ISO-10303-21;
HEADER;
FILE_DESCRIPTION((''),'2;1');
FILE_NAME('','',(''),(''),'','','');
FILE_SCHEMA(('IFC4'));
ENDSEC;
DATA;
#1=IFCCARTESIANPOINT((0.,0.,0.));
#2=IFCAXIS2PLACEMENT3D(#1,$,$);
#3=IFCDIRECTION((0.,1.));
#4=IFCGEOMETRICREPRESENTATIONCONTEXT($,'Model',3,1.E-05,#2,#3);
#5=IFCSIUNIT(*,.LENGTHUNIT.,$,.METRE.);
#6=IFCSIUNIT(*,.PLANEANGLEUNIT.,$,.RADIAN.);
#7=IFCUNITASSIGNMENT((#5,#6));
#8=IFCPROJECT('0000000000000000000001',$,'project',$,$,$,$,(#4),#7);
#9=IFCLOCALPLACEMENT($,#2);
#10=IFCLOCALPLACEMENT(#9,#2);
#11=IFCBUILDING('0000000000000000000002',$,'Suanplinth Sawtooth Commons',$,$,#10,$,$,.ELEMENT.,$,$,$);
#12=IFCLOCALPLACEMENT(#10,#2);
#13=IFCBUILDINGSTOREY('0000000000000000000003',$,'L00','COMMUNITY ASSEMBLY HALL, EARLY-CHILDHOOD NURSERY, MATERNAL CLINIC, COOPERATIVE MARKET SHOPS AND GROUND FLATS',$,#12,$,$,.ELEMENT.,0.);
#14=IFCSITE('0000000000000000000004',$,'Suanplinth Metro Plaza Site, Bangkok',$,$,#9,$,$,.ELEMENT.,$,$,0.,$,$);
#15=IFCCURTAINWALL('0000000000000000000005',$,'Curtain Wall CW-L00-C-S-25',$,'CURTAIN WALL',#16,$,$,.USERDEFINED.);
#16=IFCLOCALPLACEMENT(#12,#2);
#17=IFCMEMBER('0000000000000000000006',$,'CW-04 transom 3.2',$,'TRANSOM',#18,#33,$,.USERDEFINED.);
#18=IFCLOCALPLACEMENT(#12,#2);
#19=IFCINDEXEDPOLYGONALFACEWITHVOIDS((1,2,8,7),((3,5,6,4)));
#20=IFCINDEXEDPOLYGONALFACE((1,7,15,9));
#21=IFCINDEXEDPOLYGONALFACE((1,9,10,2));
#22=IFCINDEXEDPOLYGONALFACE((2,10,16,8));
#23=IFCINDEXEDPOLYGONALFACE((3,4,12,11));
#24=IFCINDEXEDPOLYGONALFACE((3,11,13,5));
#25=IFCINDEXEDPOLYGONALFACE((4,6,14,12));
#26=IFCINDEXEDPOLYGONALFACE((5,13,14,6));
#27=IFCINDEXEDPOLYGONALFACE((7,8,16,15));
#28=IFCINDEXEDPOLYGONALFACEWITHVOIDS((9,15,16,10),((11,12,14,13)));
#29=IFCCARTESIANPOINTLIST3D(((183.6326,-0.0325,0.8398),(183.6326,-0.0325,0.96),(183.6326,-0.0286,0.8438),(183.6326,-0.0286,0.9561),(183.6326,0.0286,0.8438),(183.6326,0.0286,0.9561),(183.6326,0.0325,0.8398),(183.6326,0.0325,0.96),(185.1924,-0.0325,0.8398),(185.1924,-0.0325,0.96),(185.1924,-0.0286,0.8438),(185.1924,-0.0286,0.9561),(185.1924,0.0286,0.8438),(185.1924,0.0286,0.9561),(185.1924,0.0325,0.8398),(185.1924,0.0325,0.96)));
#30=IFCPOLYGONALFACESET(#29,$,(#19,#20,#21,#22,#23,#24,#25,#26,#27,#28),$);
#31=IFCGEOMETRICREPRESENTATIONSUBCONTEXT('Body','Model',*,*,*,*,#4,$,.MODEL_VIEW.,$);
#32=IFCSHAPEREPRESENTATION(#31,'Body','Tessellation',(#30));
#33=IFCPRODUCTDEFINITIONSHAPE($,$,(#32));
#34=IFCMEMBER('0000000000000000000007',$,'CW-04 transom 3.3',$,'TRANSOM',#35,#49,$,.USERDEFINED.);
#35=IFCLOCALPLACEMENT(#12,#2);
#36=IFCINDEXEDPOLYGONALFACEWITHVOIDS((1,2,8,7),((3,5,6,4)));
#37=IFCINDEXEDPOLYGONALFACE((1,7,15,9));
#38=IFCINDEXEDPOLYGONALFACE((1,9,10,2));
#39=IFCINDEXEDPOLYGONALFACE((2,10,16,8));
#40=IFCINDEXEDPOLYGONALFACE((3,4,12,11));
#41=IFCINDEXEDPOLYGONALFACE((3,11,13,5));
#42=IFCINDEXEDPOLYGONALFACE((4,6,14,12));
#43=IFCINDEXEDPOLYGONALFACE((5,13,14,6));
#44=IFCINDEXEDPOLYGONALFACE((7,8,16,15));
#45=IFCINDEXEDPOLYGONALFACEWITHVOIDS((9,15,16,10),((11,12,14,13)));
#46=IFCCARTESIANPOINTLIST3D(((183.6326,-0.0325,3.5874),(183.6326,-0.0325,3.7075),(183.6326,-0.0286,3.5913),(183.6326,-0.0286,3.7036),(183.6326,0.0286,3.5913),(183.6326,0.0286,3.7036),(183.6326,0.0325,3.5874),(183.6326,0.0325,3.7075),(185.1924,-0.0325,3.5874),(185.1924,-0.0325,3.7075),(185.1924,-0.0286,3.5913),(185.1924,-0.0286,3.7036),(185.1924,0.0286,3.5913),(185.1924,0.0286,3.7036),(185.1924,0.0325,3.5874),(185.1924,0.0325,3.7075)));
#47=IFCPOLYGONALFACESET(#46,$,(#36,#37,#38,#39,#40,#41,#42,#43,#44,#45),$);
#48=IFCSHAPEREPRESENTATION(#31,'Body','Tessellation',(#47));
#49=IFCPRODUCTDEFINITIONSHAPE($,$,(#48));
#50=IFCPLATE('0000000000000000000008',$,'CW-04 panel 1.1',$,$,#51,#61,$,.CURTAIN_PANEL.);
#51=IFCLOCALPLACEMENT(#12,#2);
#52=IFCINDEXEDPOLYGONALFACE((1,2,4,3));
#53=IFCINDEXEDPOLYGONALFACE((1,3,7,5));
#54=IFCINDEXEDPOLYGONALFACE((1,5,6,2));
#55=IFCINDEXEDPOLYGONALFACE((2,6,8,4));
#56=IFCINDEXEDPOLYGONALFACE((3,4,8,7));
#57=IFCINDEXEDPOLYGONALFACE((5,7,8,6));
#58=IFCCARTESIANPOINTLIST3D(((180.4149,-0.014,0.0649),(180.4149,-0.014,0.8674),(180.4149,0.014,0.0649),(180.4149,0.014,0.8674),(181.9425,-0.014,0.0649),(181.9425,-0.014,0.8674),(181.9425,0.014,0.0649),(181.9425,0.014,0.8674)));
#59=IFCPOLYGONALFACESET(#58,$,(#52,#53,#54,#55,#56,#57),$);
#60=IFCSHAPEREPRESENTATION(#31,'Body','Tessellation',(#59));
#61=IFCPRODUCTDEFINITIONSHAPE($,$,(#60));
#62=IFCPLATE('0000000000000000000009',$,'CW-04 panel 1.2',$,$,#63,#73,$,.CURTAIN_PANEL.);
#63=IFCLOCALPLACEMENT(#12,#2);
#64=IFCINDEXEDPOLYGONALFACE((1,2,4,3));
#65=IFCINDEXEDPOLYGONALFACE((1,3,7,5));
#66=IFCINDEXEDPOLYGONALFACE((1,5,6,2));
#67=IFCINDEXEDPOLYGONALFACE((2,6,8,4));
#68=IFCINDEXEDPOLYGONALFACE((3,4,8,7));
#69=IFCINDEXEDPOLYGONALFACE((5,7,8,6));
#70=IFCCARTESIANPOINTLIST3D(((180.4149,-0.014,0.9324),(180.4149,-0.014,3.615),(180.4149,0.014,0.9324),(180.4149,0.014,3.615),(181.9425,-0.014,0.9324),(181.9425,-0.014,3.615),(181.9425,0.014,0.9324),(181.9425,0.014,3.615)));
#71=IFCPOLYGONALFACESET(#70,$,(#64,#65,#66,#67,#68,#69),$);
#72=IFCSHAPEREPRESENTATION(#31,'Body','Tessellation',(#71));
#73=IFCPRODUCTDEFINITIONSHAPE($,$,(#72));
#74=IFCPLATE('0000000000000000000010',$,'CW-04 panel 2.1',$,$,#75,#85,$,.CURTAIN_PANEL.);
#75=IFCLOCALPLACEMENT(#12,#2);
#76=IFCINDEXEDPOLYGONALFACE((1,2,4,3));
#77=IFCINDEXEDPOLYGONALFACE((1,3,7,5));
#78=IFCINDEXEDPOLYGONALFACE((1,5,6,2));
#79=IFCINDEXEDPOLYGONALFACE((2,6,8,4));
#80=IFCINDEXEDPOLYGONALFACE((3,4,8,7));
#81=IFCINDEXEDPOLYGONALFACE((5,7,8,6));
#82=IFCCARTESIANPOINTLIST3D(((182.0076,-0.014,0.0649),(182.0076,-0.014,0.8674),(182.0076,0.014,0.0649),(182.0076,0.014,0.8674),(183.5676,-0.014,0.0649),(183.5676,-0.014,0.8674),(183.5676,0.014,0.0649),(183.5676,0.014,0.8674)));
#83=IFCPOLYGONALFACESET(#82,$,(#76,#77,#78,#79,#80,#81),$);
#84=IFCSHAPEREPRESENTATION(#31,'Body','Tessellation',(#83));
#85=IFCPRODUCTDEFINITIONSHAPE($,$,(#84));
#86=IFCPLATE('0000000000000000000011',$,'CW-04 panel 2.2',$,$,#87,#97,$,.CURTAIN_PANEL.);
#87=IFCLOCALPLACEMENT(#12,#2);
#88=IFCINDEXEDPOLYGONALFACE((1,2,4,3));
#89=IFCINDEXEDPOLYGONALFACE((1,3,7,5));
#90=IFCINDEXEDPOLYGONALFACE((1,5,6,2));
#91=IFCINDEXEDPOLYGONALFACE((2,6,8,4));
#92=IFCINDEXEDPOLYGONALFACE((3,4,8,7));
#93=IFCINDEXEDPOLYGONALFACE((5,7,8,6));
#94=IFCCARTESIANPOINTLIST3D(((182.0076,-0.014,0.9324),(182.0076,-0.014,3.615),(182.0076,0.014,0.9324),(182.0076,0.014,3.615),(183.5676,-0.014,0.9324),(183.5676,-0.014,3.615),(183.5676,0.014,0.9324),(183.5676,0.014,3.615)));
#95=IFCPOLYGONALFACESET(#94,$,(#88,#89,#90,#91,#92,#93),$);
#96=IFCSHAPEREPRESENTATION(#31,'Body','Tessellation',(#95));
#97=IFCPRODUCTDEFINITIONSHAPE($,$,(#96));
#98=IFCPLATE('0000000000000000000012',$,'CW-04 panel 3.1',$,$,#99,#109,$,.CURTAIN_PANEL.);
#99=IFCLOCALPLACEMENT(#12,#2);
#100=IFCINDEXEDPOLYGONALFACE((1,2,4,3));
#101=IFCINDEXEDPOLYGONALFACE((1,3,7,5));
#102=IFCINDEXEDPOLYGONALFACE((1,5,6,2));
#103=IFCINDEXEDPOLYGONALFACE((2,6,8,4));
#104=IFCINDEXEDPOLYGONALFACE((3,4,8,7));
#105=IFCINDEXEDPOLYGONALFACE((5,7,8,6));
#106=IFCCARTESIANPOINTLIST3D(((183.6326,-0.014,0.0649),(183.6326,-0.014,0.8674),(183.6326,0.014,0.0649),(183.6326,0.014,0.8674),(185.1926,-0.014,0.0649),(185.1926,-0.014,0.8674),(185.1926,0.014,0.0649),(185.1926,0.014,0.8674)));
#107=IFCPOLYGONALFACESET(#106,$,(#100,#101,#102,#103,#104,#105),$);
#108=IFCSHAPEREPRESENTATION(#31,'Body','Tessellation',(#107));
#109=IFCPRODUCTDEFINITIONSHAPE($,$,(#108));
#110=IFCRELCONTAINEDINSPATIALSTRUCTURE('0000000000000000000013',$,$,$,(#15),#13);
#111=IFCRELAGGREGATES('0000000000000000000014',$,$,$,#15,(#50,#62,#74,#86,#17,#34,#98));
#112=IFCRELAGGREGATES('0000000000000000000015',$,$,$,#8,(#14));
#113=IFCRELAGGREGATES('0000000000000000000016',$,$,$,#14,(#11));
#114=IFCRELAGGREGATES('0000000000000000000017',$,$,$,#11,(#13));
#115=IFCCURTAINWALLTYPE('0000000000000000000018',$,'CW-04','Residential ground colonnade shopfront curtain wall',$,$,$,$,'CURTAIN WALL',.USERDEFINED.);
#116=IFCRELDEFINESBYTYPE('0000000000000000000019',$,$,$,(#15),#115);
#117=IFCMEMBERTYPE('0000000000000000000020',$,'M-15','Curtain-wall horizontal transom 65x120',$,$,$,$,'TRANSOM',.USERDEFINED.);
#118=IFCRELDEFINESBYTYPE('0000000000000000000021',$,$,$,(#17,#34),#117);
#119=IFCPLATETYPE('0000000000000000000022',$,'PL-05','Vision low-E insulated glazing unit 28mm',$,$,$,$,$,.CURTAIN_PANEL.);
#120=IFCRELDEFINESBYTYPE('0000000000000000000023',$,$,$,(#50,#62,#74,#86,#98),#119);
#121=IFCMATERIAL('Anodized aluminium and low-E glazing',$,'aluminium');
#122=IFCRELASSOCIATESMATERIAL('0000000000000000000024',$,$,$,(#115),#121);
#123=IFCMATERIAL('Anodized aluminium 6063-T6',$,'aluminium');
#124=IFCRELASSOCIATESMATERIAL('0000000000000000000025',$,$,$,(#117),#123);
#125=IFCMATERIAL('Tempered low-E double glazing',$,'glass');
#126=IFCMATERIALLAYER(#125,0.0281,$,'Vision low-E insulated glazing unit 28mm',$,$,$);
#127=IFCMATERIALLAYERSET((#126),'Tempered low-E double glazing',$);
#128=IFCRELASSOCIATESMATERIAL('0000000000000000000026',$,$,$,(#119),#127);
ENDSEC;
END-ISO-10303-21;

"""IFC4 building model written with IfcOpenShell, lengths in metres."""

from ifc_helpers import new_model, si_unit, direction, frame, origin, origin_2d, place, context, subcontext, project, spatial, rectangle, hollow_rectangle, extrude, material, layer, layer_set, material_profile, profile_set, type_object, element, aggregate, save


model = new_model("IFC4")

# Units and contexts
model_context = context("Model", 3, precision=1e-05, world=origin(), true_north=direction((0.0, 1.0)))
body_context = subcontext(model_context, "Body", "Model", "MODEL_VIEW")
ifc_project = project(units=[si_unit("LENGTHUNIT", "METRE"), si_unit("PLANEANGLEUNIT", "RADIAN")], contexts=[model_context])

# Site, building, storey
site_placement = place(None, origin())
site = spatial("IfcSite", under=ifc_project, at=site_placement, Name="Suanplinth Metro Plaza Site, Bangkok", CompositionType="ELEMENT", RefElevation=0.0)
building_placement = place(site_placement, origin())
building = spatial("IfcBuilding", under=site, at=building_placement, Name="Suanplinth Sawtooth Commons", CompositionType="ELEMENT")
storey_placement = place(building_placement, origin())
storey = spatial("IfcBuildingStorey", under=building, at=storey_placement, Name="L00", Description="COMMUNITY ASSEMBLY HALL, EARLY-CHILDHOOD NURSERY, MATERNAL CLINIC, COOPERATIVE MARKET SHOPS AND GROUND FLATS", CompositionType="ELEMENT", Elevation=0.0)

# Curtain wall, members, plates
ifc_material_1 = material(Name="Anodized aluminium and low-E glazing", Category="aluminium")
curtain_wall_type = type_object("IfcCurtainWallType", Name="CW-04", Description="Residential ground colonnade shopfront curtain wall", ElementType="CURTAIN WALL", PredefinedType="USERDEFINED", material=ifc_material_1)
curtain_wall_placement = place(storey_placement, origin())
curtain_wall = element("IfcCurtainWall", 1, at=curtain_wall_placement, inside=storey, type_object=curtain_wall_type, Name="Curtain Wall CW-L00-C-S-25", ObjectType="CURTAIN WALL", PredefinedType="USERDEFINED")
ifc_material_2 = material(Name="Anodized aluminium 6063-T6", Category="aluminium")
ifc_material_profile_1 = material_profile(ifc_material_2, hollow_rectangle(XDim=0.0649, YDim=0.1201, WallThickness=0.0039, at=origin_2d()), Name="ALU-TRN 65x120")
ifc_profile_set_1 = profile_set([ifc_material_profile_1], Name="Anodized aluminium 6063-T6")
member_type_1 = type_object("IfcMemberType", Name="M-15", Description="Curtain-wall horizontal transom 65x120", ElementType="TRANSOM", PredefinedType="USERDEFINED", material=ifc_profile_set_1)
member_1_placement = place(storey_placement, frame((183.6326, 0.0, 0.8999), z_axis=(1.0, 0.0, 0.0), x_axis=(0.0, 1.0, 0.0)))
member_1 = element("IfcMember", 2, at=member_1_placement, type_object=member_type_1, Name="CW-04 transom 3.2", ObjectType="TRANSOM", PredefinedType="USERDEFINED", context=body_context, shape_type="SweptSolid", body=[
    extrude(hollow_rectangle(XDim=0.0649, YDim=0.1201, WallThickness=0.0039, at=origin_2d()), origin(), (0.0, 0.0, 1.0), 1.5598),
])
member_2_placement = place(storey_placement, frame((183.6326, 0.0, 3.6475), z_axis=(1.0, 0.0, 0.0), x_axis=(0.0, 1.0, 0.0)))
member_2 = element("IfcMember", 3, at=member_2_placement, type_object=member_type_1, Name="CW-04 transom 3.3", ObjectType="TRANSOM", PredefinedType="USERDEFINED", context=body_context, shape_type="SweptSolid", body=[
    extrude(hollow_rectangle(XDim=0.0649, YDim=0.1201, WallThickness=0.0039, at=origin_2d()), origin(), (0.0, 0.0, 1.0), 1.5598),
])
ifc_material_3 = material(Name="Tempered low-E double glazing", Category="glass")
ifc_layer = layer(ifc_material_3, 0.0281, Name="Vision low-E insulated glazing unit 28mm")
ifc_layer_set = layer_set([ifc_layer], Name="Tempered low-E double glazing")
plate_type = type_object("IfcPlateType", Name="PL-05", Description="Vision low-E insulated glazing unit 28mm", PredefinedType="CURTAIN_PANEL", material=ifc_layer_set)
plate_1_placement = place(storey_placement, frame((181.1787, 0.0, 0.0649), z_axis=(0.0, 0.0, 1.0), x_axis=(1.0, 0.0, 0.0)))
plate_1 = element("IfcPlate", 4, at=plate_1_placement, type_object=plate_type, Name="CW-04 panel 1.1", PredefinedType="CURTAIN_PANEL", context=body_context, shape_type="SweptSolid", body=[
    extrude(rectangle(XDim=1.5276, YDim=0.0281, at=origin_2d()), origin(), (0.0, 0.0, 1.0), 0.8025),
])
plate_2_placement = place(storey_placement, frame((181.1787, 0.0, 0.9324), z_axis=(0.0, 0.0, 1.0), x_axis=(1.0, 0.0, 0.0)))
plate_2 = element("IfcPlate", 5, at=plate_2_placement, type_object=plate_type, Name="CW-04 panel 1.2", PredefinedType="CURTAIN_PANEL", context=body_context, shape_type="SweptSolid", body=[
    extrude(rectangle(XDim=1.5276, YDim=0.0281, at=origin_2d()), origin(), (0.0, 0.0, 1.0), 2.6826),
])
plate_3_placement = place(storey_placement, frame((182.7876, 0.0, 0.0649), z_axis=(0.0, 0.0, 1.0), x_axis=(1.0, 0.0, 0.0)))
plate_3 = element("IfcPlate", 6, at=plate_3_placement, type_object=plate_type, Name="CW-04 panel 2.1", PredefinedType="CURTAIN_PANEL", context=body_context, shape_type="SweptSolid", body=[
    extrude(rectangle(XDim=1.5601, YDim=0.0281, at=origin_2d()), origin(), (0.0, 0.0, 1.0), 0.8025),
])
plate_4_placement = place(storey_placement, frame((182.7876, 0.0, 0.9324), z_axis=(0.0, 0.0, 1.0), x_axis=(1.0, 0.0, 0.0)))
plate_4 = element("IfcPlate", 7, at=plate_4_placement, type_object=plate_type, Name="CW-04 panel 2.2", PredefinedType="CURTAIN_PANEL", context=body_context, shape_type="SweptSolid", body=[
    extrude(rectangle(XDim=1.5601, YDim=0.0281, at=origin_2d()), origin(), (0.0, 0.0, 1.0), 2.6826),
])
plate_5_placement = place(storey_placement, frame((184.4126, 0.0, 0.0649), z_axis=(0.0, 0.0, 1.0), x_axis=(1.0, 0.0, 0.0)))
plate_5 = element("IfcPlate", 8, at=plate_5_placement, type_object=plate_type, Name="CW-04 panel 3.1", PredefinedType="CURTAIN_PANEL", context=body_context, shape_type="SweptSolid", body=[
    extrude(rectangle(XDim=1.5601, YDim=0.0281, at=origin_2d()), origin(), (0.0, 0.0, 1.0), 0.8025),
])
aggregate(curtain_wall, [plate_1, plate_2, plate_3, plate_4, member_1, member_2, plate_5])

save(model, "model.ifc")
